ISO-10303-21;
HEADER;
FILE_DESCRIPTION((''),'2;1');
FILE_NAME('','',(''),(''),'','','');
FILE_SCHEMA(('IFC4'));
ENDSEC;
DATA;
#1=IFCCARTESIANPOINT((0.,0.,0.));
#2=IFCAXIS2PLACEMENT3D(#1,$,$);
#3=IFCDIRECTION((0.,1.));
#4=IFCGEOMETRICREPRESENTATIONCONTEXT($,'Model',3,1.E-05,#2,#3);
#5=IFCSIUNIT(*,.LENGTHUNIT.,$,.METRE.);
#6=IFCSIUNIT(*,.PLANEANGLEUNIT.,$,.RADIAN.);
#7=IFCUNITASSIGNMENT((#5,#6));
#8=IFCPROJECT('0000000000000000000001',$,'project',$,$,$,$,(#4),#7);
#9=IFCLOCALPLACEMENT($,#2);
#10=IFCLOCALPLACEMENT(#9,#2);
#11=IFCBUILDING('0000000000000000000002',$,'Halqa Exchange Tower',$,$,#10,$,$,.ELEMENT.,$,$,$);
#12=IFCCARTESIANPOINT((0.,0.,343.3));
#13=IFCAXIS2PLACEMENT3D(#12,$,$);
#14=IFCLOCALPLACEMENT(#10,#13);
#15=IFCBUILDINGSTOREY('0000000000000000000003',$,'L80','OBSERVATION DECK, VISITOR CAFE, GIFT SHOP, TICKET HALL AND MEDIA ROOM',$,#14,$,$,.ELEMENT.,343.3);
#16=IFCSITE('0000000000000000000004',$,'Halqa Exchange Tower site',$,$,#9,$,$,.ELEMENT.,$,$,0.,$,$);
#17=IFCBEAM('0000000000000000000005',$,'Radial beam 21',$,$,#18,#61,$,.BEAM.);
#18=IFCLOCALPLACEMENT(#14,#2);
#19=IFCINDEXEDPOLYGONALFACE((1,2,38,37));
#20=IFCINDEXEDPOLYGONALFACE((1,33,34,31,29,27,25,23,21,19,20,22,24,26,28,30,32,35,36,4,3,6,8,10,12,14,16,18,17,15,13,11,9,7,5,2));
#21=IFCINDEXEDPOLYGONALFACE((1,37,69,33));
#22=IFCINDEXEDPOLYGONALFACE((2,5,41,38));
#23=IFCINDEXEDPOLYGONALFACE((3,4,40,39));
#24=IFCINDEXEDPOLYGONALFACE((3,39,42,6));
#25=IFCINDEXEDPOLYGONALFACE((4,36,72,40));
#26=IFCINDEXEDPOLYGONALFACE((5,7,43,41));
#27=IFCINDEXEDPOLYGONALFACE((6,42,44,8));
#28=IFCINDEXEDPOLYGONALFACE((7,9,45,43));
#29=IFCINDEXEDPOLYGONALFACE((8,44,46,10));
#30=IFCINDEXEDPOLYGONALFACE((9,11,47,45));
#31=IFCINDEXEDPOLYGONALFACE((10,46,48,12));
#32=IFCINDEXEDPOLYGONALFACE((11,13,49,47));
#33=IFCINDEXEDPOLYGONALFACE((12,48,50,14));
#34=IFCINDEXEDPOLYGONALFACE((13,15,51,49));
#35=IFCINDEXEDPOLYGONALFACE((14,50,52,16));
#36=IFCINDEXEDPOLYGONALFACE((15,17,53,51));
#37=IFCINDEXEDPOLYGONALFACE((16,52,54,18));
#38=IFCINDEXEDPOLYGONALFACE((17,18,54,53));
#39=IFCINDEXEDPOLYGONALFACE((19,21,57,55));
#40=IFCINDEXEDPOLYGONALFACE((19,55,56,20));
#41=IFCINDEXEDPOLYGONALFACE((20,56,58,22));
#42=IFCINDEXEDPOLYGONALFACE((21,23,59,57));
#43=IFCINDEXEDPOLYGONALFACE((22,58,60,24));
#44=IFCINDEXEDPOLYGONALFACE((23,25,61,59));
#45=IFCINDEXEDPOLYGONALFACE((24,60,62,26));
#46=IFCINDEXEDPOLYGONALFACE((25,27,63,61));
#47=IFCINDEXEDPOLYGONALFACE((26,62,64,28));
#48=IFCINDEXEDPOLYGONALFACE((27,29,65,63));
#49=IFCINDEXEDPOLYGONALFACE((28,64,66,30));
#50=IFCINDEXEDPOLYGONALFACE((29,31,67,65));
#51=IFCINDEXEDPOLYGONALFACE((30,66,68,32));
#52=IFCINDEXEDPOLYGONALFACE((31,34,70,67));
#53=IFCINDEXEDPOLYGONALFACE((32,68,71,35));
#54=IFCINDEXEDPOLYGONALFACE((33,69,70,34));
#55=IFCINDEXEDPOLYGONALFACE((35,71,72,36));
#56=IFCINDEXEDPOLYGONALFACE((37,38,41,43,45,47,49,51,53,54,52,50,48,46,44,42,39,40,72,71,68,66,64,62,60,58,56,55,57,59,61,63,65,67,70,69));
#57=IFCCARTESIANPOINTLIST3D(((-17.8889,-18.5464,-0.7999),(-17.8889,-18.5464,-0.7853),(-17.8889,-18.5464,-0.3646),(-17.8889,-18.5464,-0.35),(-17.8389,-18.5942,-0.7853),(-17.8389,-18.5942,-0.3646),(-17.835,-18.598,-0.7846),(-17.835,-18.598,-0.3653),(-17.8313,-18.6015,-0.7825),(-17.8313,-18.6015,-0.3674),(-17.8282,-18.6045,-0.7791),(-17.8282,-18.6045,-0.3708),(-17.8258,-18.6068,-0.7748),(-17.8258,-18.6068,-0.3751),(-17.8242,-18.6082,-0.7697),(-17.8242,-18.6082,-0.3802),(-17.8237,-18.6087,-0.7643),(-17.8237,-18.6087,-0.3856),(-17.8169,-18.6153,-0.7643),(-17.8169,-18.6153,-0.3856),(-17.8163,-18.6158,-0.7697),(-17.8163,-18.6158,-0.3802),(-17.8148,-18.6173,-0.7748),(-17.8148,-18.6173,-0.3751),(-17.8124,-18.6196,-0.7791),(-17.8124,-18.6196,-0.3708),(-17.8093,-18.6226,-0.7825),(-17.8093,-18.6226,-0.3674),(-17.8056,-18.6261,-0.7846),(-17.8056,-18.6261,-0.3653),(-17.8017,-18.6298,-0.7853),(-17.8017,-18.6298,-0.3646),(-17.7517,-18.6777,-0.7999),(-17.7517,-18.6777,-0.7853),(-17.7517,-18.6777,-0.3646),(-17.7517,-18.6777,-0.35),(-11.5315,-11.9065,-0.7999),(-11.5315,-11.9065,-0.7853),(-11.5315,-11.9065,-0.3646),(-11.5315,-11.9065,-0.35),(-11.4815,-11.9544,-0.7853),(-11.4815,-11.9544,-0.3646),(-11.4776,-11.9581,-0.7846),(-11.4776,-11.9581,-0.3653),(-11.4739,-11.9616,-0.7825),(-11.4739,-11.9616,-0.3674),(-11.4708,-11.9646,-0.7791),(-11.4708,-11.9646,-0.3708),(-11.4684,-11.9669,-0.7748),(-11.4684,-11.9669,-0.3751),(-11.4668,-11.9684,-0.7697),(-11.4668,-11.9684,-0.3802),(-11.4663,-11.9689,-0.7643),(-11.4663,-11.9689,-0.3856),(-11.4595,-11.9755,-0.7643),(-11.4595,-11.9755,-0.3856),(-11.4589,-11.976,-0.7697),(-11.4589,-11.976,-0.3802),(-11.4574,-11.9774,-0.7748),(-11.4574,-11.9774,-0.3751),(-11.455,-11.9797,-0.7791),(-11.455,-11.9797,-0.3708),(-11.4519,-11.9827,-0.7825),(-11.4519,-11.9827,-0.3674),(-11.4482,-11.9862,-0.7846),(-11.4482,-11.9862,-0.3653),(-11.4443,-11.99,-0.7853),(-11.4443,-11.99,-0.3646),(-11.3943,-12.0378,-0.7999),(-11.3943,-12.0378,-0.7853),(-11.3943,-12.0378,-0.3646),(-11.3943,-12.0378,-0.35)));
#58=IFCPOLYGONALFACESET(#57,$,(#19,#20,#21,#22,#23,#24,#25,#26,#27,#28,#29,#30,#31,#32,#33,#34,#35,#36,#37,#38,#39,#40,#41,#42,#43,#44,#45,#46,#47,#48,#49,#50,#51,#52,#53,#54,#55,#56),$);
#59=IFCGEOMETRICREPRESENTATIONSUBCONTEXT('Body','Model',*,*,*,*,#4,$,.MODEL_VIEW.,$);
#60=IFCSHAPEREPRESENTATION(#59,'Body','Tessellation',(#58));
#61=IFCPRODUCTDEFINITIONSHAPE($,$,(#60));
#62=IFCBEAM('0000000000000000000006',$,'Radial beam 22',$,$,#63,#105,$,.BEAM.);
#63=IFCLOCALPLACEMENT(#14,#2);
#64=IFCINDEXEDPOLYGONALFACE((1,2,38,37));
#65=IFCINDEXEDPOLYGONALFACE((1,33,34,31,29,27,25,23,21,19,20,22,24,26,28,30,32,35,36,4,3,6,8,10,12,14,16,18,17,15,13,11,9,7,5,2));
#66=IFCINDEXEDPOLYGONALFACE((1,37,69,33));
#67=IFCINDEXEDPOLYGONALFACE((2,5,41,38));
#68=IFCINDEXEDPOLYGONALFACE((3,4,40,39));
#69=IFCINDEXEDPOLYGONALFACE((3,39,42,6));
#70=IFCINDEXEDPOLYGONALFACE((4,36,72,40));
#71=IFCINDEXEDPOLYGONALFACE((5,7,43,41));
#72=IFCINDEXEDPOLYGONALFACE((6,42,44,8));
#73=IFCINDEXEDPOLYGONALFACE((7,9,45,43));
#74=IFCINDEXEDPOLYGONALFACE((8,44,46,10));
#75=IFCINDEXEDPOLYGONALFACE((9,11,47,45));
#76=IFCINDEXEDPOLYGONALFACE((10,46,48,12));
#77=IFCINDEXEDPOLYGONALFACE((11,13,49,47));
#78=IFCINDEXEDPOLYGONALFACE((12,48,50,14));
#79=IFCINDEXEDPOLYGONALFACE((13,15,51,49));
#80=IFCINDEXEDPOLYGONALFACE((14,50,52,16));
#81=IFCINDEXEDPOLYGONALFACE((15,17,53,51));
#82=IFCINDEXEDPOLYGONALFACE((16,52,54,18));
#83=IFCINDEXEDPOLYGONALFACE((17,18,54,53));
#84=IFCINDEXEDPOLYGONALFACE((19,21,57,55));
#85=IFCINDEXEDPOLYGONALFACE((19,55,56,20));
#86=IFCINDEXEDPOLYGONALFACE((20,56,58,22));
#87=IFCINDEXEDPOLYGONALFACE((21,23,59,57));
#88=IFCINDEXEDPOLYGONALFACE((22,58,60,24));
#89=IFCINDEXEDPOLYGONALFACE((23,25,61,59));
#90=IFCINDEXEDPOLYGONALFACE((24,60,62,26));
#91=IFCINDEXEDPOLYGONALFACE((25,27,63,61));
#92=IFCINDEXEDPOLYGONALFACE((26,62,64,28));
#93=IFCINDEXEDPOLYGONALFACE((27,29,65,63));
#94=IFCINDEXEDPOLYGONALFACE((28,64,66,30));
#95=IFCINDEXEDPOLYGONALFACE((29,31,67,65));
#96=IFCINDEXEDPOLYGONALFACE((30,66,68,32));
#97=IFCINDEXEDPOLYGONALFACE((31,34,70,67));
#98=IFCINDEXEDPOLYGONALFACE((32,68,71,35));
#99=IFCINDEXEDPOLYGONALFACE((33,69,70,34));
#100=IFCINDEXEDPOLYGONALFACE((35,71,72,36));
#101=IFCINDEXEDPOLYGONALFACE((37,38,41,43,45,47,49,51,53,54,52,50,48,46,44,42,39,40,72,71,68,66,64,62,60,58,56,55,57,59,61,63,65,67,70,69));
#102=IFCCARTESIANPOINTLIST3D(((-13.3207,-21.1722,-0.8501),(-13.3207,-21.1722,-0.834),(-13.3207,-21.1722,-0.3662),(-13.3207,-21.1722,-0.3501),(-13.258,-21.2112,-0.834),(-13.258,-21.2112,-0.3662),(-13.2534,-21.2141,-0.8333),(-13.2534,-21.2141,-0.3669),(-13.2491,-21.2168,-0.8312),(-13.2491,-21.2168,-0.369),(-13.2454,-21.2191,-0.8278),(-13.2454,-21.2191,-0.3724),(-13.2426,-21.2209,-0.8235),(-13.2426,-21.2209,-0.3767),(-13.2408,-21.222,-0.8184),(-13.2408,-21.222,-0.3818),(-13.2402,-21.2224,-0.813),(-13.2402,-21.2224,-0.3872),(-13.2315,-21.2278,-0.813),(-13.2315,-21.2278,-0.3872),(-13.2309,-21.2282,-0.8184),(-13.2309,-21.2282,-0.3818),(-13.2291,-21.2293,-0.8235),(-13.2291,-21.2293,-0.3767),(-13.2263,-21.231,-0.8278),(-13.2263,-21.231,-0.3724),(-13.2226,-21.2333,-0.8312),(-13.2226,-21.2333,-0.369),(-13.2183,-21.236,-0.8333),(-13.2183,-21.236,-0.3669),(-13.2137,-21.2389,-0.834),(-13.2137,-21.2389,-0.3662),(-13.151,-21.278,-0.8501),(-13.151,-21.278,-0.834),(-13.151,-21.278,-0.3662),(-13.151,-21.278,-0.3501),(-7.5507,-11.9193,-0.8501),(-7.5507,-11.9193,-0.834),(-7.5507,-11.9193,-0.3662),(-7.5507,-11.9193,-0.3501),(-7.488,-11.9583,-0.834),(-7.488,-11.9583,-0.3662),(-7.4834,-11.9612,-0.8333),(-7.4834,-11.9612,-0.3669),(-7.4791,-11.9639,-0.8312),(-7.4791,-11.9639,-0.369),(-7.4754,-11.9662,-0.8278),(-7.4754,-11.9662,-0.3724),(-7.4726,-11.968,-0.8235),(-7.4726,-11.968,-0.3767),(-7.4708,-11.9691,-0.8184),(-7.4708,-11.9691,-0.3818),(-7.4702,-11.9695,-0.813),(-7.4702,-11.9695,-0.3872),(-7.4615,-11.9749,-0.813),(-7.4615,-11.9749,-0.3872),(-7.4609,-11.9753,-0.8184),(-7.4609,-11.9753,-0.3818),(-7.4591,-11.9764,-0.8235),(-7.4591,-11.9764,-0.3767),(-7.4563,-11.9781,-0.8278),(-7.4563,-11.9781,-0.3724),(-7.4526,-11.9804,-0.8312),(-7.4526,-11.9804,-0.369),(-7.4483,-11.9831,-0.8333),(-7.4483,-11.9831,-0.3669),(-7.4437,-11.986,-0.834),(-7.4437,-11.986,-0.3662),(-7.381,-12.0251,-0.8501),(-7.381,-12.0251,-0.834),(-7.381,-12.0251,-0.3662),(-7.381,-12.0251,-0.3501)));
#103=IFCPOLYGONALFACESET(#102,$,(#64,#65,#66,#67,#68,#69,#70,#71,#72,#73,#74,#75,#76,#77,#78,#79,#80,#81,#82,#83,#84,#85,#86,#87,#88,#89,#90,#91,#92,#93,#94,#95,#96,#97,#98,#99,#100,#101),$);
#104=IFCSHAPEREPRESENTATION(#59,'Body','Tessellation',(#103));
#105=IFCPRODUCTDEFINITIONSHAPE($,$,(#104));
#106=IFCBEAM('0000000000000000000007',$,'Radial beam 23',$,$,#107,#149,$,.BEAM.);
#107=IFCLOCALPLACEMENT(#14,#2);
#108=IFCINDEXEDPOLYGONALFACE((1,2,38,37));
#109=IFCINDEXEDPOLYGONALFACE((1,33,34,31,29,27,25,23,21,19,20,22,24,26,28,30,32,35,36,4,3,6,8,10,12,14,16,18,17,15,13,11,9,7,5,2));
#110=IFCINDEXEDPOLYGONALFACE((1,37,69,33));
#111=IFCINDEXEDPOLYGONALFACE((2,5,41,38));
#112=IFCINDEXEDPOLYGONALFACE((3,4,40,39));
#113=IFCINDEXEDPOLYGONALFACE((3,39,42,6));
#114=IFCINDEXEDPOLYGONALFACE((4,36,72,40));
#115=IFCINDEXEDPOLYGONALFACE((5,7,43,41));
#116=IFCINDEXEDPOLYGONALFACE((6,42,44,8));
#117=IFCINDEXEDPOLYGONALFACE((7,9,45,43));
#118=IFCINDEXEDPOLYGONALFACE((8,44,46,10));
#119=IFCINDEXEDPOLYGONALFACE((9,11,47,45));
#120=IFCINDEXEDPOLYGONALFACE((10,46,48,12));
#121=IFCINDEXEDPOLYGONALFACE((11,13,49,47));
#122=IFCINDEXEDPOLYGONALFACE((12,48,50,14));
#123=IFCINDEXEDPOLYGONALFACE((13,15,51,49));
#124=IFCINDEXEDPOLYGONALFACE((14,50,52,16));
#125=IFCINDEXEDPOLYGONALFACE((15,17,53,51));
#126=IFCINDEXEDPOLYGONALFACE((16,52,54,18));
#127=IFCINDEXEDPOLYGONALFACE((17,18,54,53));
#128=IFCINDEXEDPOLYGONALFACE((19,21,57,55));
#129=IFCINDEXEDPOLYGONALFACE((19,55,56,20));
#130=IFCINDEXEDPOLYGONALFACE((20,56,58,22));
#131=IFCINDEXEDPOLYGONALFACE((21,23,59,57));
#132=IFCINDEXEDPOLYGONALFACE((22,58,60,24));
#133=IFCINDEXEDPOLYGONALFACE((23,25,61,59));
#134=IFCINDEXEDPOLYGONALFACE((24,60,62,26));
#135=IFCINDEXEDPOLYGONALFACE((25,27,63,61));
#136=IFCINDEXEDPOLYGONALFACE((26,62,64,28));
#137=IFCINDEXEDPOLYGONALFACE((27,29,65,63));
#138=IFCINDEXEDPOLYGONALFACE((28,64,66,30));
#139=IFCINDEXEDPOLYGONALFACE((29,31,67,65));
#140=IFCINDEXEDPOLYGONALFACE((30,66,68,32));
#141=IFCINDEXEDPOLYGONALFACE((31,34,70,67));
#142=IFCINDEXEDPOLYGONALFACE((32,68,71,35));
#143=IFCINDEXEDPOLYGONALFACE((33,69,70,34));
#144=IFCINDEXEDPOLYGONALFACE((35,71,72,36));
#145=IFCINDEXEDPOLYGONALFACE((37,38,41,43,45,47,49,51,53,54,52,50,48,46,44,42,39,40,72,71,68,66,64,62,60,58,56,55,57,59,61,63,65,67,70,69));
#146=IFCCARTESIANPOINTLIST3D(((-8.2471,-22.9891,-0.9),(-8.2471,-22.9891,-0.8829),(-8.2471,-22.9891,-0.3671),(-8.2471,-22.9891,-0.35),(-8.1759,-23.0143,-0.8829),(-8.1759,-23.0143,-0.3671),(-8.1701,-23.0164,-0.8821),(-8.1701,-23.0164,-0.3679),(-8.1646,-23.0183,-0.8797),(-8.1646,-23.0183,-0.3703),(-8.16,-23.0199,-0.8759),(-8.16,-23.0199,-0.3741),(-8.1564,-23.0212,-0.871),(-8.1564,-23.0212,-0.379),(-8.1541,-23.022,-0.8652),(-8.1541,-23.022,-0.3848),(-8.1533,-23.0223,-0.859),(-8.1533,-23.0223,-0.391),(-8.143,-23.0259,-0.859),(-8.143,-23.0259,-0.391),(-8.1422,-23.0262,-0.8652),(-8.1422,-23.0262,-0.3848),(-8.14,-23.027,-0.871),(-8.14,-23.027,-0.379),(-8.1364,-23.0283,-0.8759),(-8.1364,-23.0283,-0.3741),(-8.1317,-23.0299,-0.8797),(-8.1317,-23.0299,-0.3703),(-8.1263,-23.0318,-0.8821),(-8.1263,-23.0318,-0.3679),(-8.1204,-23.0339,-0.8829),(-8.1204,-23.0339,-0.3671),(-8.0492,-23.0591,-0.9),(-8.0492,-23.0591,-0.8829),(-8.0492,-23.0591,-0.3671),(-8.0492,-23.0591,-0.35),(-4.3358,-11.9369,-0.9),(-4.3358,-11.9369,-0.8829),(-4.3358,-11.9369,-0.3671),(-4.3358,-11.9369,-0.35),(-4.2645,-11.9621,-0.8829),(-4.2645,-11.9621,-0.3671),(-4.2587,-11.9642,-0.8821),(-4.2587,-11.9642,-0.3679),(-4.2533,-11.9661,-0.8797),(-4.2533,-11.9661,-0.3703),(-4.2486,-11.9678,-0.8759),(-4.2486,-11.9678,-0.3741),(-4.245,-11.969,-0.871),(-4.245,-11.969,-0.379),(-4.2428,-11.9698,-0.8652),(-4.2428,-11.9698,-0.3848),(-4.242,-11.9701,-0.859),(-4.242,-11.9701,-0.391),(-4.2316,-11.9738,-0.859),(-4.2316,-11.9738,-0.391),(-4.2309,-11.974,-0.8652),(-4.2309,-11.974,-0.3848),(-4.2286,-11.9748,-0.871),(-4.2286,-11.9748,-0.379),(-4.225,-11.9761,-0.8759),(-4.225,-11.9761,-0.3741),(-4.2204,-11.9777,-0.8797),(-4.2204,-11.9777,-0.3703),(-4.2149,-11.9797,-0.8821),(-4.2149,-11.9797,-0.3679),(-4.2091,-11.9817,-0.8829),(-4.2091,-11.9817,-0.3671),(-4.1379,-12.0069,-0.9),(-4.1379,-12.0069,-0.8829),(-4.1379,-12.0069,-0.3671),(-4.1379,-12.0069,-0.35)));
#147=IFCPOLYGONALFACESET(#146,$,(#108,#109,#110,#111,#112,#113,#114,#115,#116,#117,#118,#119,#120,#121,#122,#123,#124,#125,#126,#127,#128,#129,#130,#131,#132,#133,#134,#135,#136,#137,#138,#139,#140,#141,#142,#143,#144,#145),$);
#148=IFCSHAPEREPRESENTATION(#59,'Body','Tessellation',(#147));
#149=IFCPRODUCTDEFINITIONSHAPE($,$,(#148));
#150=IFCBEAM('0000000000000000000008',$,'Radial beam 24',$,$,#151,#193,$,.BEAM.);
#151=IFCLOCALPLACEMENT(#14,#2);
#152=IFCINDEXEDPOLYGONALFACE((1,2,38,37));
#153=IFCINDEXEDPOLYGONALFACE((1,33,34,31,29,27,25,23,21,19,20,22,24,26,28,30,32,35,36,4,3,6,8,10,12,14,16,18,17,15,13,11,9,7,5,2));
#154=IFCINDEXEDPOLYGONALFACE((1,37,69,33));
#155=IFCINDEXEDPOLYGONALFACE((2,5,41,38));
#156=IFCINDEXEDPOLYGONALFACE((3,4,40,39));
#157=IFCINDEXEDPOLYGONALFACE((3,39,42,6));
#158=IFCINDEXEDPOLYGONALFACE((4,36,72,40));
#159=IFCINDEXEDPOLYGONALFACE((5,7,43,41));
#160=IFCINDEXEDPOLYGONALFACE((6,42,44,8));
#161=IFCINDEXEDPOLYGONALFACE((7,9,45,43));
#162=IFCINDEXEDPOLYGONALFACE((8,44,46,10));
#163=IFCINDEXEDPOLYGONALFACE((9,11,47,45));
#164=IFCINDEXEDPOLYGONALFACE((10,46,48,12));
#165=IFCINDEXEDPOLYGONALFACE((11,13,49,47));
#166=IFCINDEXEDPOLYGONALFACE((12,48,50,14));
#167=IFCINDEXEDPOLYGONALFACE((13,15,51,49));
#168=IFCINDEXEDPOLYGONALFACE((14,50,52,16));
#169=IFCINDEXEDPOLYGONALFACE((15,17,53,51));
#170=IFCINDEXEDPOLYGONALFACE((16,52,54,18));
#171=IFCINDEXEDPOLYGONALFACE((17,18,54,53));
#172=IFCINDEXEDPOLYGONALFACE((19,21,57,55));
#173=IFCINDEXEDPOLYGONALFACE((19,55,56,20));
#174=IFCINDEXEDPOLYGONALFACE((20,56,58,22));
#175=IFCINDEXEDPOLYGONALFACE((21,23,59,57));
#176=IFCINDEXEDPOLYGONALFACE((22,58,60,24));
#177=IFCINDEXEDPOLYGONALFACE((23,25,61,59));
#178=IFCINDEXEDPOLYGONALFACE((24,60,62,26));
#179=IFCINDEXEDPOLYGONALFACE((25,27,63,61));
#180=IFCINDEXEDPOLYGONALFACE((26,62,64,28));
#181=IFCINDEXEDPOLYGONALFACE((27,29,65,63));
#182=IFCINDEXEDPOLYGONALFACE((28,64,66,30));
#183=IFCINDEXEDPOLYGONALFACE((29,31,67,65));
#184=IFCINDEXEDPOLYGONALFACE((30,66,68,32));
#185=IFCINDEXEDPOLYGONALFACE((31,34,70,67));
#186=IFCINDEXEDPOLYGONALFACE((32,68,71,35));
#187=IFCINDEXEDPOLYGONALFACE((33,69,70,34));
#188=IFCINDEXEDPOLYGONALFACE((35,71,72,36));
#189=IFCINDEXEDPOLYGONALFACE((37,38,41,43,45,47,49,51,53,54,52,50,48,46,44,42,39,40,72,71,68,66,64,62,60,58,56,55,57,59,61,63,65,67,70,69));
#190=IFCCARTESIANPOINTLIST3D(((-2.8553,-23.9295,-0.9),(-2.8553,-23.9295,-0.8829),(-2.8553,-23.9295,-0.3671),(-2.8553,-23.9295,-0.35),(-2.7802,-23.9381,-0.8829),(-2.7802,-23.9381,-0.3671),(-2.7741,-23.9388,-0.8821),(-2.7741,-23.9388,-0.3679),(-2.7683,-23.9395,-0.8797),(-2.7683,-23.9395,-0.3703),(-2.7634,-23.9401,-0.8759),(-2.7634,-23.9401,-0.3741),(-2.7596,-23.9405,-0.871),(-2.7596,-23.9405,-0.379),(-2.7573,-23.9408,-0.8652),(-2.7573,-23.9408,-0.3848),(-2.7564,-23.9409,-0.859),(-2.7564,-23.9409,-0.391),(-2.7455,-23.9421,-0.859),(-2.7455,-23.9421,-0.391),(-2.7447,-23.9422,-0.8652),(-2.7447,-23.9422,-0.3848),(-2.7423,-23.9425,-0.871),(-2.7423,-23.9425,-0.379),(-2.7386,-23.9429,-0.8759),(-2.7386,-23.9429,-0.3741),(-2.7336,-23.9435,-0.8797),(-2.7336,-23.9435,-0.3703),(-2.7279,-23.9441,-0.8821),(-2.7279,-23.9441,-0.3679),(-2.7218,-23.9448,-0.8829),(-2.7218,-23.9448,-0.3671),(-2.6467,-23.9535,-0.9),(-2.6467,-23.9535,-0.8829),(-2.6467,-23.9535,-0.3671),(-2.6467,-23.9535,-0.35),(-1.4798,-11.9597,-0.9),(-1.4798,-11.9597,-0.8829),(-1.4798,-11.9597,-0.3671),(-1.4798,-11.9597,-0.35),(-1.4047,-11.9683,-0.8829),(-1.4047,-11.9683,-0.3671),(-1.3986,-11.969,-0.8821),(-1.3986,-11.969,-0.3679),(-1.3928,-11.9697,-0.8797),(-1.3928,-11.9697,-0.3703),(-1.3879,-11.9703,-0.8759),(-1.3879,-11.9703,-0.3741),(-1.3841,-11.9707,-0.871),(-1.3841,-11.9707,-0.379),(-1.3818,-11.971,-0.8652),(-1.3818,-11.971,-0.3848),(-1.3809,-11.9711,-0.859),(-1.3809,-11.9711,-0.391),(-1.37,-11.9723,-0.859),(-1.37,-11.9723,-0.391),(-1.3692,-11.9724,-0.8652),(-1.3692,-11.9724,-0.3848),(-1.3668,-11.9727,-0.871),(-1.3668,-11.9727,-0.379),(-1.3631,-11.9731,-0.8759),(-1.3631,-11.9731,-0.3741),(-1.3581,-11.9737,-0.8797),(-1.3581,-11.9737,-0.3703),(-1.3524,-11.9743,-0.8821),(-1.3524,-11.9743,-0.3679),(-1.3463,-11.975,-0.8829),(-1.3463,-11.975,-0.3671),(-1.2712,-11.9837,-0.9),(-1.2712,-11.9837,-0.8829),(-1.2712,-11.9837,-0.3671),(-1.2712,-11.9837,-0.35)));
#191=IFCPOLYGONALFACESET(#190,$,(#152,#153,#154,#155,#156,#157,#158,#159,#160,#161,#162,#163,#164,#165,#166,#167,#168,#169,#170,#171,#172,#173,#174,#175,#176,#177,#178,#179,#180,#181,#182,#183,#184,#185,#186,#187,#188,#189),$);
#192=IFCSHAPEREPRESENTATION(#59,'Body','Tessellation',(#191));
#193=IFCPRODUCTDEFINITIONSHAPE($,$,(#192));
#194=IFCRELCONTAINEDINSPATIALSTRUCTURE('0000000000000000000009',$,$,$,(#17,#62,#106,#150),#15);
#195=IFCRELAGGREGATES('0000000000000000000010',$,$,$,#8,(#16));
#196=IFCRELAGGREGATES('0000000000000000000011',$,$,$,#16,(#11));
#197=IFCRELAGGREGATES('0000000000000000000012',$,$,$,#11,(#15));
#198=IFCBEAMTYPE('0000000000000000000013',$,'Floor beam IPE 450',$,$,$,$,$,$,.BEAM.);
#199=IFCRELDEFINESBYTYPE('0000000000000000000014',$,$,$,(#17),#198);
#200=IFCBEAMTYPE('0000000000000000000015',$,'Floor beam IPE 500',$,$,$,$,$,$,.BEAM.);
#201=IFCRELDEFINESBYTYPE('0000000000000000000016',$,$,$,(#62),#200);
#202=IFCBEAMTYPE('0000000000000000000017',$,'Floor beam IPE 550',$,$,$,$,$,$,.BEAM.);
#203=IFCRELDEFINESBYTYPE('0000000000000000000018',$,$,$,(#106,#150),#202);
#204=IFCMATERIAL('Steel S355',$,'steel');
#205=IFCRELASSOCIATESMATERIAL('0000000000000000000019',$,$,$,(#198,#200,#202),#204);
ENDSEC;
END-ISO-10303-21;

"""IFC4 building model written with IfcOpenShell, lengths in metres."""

from ifc_helpers import new_model, si_unit, direction, frame, origin, origin_2d, place, context, subcontext, project, spatial, i_section, extrude, material, material_profile, profile_set, type_object, element, save


model = new_model("IFC4")

# Units and contexts
model_context = context("Model", 3, precision=1e-05, world=origin(), true_north=direction((0.0, 1.0)))
body_context = subcontext(model_context, "Body", "Model", "MODEL_VIEW")
ifc_project = project(units=[si_unit("LENGTHUNIT", "METRE"), si_unit("PLANEANGLEUNIT", "RADIAN")], contexts=[model_context])

# Site, building, storey
site_placement = place(None, origin())
site = spatial("IfcSite", under=ifc_project, at=site_placement, Name="Halqa Exchange Tower site", CompositionType="ELEMENT", RefElevation=0.0)
building_placement = place(site_placement, origin())
building = spatial("IfcBuilding", under=site, at=building_placement, Name="Halqa Exchange Tower", CompositionType="ELEMENT")
storey_placement = place(building_placement, frame((0.0, 0.0, 343.3)))
storey = spatial("IfcBuildingStorey", under=building, at=storey_placement, Name="L80", Description="OBSERVATION DECK, VISITOR CAFE, GIFT SHOP, TICKET HALL AND MEDIA ROOM", CompositionType="ELEMENT", Elevation=343.3)

# Beams
ifc_material_1 = material(Name="Steel S355", Category="steel")
ifc_material_profile_1 = material_profile(ifc_material_1, i_section(OverallWidth=0.1899, OverallDepth=0.45, WebThickness=0.0095, FlangeThickness=0.0146, FilletRadius=0.021, at=origin_2d()), Name="IPE 450")
ifc_profile_set_1 = profile_set([ifc_material_profile_1], Name="Steel S355")
beam_type_1 = type_object("IfcBeamType", Name="Floor beam IPE 450", PredefinedType="BEAM", material=ifc_profile_set_1)
beam_1_placement = place(storey_placement, frame((-11.4629, -11.9722, -0.575), z_axis=(-0.691576, -0.722304, 0.0), x_axis=(0.722304, -0.691576, 0.0)))
element("IfcBeam", 1, at=beam_1_placement, inside=storey, type_object=beam_type_1, Name="Radial beam 21", PredefinedType="BEAM", context=body_context, shape_type="SweptSolid", body=[
    extrude(i_section(OverallWidth=0.1899, OverallDepth=0.45, WebThickness=0.0095, FlangeThickness=0.0146, FilletRadius=0.021, at=origin_2d()), origin(), (0.0, 0.0, 1.0), 9.1926),
])
ifc_material_profile_2 = material_profile(ifc_material_1, i_section(OverallWidth=0.2, OverallDepth=0.5, WebThickness=0.0103, FlangeThickness=0.0161, FilletRadius=0.021, at=origin_2d()), Name="IPE 500")
ifc_profile_set_2 = profile_set([ifc_material_profile_2], Name="Steel S355")
beam_type_2 = type_object("IfcBeamType", Name="Floor beam IPE 500", PredefinedType="BEAM", material=ifc_profile_set_2)
beam_2_placement = place(storey_placement, frame((-7.4658, -11.9722, -0.6001), z_axis=(-0.529137, -0.848536, 0.0), x_axis=(0.848536, -0.529137, 0.0)))
element("IfcBeam", 2, at=beam_2_placement, inside=storey, type_object=beam_type_2, Name="Radial beam 22", PredefinedType="BEAM", context=body_context, shape_type="SweptSolid", body=[
    extrude(i_section(OverallWidth=0.2, OverallDepth=0.5, WebThickness=0.0103, FlangeThickness=0.0161, FilletRadius=0.021, at=origin_2d()), origin(), (0.0, 0.0, 1.0), 10.9045),
])
ifc_material_profile_3 = material_profile(ifc_material_1, i_section(OverallWidth=0.21, OverallDepth=0.55, WebThickness=0.011, FlangeThickness=0.0171, FilletRadius=0.0239, at=origin_2d()), Name="IPE 550")
ifc_profile_set_3 = profile_set([ifc_material_profile_3], Name="Steel S355")
beam_type_3 = type_object("IfcBeamType", Name="Floor beam IPE 550", PredefinedType="BEAM", material=ifc_profile_set_3)
beam_3_placement = place(storey_placement, frame((-4.2368, -11.9719, -0.625), z_axis=(-0.333623, -0.942707, 0.0), x_axis=(0.942707, -0.333623, 0.0)))
element("IfcBeam", 3, at=beam_3_placement, inside=storey, type_object=beam_type_3, Name="Radial beam 23", PredefinedType="BEAM", context=body_context, shape_type="SweptSolid", body=[
    extrude(i_section(OverallWidth=0.21, OverallDepth=0.55, WebThickness=0.011, FlangeThickness=0.0171, FilletRadius=0.0239, at=origin_2d()), origin(), (0.0, 0.0, 1.0), 11.7239),
])
beam_4_placement = place(storey_placement, frame((-1.3755, -11.9717, -0.625), z_axis=(-0.114163, -0.993462, 0.0), x_axis=(0.993462, -0.114163, 0.0)))
element("IfcBeam", 4, at=beam_4_placement, inside=storey, type_object=beam_type_3, Name="Radial beam 24", PredefinedType="BEAM", context=body_context, shape_type="SweptSolid", body=[
    extrude(i_section(OverallWidth=0.21, OverallDepth=0.55, WebThickness=0.011, FlangeThickness=0.0171, FilletRadius=0.0239, at=origin_2d()), origin(), (0.0, 0.0, 1.0), 12.0486),
])

save(model, "model.ifc")
